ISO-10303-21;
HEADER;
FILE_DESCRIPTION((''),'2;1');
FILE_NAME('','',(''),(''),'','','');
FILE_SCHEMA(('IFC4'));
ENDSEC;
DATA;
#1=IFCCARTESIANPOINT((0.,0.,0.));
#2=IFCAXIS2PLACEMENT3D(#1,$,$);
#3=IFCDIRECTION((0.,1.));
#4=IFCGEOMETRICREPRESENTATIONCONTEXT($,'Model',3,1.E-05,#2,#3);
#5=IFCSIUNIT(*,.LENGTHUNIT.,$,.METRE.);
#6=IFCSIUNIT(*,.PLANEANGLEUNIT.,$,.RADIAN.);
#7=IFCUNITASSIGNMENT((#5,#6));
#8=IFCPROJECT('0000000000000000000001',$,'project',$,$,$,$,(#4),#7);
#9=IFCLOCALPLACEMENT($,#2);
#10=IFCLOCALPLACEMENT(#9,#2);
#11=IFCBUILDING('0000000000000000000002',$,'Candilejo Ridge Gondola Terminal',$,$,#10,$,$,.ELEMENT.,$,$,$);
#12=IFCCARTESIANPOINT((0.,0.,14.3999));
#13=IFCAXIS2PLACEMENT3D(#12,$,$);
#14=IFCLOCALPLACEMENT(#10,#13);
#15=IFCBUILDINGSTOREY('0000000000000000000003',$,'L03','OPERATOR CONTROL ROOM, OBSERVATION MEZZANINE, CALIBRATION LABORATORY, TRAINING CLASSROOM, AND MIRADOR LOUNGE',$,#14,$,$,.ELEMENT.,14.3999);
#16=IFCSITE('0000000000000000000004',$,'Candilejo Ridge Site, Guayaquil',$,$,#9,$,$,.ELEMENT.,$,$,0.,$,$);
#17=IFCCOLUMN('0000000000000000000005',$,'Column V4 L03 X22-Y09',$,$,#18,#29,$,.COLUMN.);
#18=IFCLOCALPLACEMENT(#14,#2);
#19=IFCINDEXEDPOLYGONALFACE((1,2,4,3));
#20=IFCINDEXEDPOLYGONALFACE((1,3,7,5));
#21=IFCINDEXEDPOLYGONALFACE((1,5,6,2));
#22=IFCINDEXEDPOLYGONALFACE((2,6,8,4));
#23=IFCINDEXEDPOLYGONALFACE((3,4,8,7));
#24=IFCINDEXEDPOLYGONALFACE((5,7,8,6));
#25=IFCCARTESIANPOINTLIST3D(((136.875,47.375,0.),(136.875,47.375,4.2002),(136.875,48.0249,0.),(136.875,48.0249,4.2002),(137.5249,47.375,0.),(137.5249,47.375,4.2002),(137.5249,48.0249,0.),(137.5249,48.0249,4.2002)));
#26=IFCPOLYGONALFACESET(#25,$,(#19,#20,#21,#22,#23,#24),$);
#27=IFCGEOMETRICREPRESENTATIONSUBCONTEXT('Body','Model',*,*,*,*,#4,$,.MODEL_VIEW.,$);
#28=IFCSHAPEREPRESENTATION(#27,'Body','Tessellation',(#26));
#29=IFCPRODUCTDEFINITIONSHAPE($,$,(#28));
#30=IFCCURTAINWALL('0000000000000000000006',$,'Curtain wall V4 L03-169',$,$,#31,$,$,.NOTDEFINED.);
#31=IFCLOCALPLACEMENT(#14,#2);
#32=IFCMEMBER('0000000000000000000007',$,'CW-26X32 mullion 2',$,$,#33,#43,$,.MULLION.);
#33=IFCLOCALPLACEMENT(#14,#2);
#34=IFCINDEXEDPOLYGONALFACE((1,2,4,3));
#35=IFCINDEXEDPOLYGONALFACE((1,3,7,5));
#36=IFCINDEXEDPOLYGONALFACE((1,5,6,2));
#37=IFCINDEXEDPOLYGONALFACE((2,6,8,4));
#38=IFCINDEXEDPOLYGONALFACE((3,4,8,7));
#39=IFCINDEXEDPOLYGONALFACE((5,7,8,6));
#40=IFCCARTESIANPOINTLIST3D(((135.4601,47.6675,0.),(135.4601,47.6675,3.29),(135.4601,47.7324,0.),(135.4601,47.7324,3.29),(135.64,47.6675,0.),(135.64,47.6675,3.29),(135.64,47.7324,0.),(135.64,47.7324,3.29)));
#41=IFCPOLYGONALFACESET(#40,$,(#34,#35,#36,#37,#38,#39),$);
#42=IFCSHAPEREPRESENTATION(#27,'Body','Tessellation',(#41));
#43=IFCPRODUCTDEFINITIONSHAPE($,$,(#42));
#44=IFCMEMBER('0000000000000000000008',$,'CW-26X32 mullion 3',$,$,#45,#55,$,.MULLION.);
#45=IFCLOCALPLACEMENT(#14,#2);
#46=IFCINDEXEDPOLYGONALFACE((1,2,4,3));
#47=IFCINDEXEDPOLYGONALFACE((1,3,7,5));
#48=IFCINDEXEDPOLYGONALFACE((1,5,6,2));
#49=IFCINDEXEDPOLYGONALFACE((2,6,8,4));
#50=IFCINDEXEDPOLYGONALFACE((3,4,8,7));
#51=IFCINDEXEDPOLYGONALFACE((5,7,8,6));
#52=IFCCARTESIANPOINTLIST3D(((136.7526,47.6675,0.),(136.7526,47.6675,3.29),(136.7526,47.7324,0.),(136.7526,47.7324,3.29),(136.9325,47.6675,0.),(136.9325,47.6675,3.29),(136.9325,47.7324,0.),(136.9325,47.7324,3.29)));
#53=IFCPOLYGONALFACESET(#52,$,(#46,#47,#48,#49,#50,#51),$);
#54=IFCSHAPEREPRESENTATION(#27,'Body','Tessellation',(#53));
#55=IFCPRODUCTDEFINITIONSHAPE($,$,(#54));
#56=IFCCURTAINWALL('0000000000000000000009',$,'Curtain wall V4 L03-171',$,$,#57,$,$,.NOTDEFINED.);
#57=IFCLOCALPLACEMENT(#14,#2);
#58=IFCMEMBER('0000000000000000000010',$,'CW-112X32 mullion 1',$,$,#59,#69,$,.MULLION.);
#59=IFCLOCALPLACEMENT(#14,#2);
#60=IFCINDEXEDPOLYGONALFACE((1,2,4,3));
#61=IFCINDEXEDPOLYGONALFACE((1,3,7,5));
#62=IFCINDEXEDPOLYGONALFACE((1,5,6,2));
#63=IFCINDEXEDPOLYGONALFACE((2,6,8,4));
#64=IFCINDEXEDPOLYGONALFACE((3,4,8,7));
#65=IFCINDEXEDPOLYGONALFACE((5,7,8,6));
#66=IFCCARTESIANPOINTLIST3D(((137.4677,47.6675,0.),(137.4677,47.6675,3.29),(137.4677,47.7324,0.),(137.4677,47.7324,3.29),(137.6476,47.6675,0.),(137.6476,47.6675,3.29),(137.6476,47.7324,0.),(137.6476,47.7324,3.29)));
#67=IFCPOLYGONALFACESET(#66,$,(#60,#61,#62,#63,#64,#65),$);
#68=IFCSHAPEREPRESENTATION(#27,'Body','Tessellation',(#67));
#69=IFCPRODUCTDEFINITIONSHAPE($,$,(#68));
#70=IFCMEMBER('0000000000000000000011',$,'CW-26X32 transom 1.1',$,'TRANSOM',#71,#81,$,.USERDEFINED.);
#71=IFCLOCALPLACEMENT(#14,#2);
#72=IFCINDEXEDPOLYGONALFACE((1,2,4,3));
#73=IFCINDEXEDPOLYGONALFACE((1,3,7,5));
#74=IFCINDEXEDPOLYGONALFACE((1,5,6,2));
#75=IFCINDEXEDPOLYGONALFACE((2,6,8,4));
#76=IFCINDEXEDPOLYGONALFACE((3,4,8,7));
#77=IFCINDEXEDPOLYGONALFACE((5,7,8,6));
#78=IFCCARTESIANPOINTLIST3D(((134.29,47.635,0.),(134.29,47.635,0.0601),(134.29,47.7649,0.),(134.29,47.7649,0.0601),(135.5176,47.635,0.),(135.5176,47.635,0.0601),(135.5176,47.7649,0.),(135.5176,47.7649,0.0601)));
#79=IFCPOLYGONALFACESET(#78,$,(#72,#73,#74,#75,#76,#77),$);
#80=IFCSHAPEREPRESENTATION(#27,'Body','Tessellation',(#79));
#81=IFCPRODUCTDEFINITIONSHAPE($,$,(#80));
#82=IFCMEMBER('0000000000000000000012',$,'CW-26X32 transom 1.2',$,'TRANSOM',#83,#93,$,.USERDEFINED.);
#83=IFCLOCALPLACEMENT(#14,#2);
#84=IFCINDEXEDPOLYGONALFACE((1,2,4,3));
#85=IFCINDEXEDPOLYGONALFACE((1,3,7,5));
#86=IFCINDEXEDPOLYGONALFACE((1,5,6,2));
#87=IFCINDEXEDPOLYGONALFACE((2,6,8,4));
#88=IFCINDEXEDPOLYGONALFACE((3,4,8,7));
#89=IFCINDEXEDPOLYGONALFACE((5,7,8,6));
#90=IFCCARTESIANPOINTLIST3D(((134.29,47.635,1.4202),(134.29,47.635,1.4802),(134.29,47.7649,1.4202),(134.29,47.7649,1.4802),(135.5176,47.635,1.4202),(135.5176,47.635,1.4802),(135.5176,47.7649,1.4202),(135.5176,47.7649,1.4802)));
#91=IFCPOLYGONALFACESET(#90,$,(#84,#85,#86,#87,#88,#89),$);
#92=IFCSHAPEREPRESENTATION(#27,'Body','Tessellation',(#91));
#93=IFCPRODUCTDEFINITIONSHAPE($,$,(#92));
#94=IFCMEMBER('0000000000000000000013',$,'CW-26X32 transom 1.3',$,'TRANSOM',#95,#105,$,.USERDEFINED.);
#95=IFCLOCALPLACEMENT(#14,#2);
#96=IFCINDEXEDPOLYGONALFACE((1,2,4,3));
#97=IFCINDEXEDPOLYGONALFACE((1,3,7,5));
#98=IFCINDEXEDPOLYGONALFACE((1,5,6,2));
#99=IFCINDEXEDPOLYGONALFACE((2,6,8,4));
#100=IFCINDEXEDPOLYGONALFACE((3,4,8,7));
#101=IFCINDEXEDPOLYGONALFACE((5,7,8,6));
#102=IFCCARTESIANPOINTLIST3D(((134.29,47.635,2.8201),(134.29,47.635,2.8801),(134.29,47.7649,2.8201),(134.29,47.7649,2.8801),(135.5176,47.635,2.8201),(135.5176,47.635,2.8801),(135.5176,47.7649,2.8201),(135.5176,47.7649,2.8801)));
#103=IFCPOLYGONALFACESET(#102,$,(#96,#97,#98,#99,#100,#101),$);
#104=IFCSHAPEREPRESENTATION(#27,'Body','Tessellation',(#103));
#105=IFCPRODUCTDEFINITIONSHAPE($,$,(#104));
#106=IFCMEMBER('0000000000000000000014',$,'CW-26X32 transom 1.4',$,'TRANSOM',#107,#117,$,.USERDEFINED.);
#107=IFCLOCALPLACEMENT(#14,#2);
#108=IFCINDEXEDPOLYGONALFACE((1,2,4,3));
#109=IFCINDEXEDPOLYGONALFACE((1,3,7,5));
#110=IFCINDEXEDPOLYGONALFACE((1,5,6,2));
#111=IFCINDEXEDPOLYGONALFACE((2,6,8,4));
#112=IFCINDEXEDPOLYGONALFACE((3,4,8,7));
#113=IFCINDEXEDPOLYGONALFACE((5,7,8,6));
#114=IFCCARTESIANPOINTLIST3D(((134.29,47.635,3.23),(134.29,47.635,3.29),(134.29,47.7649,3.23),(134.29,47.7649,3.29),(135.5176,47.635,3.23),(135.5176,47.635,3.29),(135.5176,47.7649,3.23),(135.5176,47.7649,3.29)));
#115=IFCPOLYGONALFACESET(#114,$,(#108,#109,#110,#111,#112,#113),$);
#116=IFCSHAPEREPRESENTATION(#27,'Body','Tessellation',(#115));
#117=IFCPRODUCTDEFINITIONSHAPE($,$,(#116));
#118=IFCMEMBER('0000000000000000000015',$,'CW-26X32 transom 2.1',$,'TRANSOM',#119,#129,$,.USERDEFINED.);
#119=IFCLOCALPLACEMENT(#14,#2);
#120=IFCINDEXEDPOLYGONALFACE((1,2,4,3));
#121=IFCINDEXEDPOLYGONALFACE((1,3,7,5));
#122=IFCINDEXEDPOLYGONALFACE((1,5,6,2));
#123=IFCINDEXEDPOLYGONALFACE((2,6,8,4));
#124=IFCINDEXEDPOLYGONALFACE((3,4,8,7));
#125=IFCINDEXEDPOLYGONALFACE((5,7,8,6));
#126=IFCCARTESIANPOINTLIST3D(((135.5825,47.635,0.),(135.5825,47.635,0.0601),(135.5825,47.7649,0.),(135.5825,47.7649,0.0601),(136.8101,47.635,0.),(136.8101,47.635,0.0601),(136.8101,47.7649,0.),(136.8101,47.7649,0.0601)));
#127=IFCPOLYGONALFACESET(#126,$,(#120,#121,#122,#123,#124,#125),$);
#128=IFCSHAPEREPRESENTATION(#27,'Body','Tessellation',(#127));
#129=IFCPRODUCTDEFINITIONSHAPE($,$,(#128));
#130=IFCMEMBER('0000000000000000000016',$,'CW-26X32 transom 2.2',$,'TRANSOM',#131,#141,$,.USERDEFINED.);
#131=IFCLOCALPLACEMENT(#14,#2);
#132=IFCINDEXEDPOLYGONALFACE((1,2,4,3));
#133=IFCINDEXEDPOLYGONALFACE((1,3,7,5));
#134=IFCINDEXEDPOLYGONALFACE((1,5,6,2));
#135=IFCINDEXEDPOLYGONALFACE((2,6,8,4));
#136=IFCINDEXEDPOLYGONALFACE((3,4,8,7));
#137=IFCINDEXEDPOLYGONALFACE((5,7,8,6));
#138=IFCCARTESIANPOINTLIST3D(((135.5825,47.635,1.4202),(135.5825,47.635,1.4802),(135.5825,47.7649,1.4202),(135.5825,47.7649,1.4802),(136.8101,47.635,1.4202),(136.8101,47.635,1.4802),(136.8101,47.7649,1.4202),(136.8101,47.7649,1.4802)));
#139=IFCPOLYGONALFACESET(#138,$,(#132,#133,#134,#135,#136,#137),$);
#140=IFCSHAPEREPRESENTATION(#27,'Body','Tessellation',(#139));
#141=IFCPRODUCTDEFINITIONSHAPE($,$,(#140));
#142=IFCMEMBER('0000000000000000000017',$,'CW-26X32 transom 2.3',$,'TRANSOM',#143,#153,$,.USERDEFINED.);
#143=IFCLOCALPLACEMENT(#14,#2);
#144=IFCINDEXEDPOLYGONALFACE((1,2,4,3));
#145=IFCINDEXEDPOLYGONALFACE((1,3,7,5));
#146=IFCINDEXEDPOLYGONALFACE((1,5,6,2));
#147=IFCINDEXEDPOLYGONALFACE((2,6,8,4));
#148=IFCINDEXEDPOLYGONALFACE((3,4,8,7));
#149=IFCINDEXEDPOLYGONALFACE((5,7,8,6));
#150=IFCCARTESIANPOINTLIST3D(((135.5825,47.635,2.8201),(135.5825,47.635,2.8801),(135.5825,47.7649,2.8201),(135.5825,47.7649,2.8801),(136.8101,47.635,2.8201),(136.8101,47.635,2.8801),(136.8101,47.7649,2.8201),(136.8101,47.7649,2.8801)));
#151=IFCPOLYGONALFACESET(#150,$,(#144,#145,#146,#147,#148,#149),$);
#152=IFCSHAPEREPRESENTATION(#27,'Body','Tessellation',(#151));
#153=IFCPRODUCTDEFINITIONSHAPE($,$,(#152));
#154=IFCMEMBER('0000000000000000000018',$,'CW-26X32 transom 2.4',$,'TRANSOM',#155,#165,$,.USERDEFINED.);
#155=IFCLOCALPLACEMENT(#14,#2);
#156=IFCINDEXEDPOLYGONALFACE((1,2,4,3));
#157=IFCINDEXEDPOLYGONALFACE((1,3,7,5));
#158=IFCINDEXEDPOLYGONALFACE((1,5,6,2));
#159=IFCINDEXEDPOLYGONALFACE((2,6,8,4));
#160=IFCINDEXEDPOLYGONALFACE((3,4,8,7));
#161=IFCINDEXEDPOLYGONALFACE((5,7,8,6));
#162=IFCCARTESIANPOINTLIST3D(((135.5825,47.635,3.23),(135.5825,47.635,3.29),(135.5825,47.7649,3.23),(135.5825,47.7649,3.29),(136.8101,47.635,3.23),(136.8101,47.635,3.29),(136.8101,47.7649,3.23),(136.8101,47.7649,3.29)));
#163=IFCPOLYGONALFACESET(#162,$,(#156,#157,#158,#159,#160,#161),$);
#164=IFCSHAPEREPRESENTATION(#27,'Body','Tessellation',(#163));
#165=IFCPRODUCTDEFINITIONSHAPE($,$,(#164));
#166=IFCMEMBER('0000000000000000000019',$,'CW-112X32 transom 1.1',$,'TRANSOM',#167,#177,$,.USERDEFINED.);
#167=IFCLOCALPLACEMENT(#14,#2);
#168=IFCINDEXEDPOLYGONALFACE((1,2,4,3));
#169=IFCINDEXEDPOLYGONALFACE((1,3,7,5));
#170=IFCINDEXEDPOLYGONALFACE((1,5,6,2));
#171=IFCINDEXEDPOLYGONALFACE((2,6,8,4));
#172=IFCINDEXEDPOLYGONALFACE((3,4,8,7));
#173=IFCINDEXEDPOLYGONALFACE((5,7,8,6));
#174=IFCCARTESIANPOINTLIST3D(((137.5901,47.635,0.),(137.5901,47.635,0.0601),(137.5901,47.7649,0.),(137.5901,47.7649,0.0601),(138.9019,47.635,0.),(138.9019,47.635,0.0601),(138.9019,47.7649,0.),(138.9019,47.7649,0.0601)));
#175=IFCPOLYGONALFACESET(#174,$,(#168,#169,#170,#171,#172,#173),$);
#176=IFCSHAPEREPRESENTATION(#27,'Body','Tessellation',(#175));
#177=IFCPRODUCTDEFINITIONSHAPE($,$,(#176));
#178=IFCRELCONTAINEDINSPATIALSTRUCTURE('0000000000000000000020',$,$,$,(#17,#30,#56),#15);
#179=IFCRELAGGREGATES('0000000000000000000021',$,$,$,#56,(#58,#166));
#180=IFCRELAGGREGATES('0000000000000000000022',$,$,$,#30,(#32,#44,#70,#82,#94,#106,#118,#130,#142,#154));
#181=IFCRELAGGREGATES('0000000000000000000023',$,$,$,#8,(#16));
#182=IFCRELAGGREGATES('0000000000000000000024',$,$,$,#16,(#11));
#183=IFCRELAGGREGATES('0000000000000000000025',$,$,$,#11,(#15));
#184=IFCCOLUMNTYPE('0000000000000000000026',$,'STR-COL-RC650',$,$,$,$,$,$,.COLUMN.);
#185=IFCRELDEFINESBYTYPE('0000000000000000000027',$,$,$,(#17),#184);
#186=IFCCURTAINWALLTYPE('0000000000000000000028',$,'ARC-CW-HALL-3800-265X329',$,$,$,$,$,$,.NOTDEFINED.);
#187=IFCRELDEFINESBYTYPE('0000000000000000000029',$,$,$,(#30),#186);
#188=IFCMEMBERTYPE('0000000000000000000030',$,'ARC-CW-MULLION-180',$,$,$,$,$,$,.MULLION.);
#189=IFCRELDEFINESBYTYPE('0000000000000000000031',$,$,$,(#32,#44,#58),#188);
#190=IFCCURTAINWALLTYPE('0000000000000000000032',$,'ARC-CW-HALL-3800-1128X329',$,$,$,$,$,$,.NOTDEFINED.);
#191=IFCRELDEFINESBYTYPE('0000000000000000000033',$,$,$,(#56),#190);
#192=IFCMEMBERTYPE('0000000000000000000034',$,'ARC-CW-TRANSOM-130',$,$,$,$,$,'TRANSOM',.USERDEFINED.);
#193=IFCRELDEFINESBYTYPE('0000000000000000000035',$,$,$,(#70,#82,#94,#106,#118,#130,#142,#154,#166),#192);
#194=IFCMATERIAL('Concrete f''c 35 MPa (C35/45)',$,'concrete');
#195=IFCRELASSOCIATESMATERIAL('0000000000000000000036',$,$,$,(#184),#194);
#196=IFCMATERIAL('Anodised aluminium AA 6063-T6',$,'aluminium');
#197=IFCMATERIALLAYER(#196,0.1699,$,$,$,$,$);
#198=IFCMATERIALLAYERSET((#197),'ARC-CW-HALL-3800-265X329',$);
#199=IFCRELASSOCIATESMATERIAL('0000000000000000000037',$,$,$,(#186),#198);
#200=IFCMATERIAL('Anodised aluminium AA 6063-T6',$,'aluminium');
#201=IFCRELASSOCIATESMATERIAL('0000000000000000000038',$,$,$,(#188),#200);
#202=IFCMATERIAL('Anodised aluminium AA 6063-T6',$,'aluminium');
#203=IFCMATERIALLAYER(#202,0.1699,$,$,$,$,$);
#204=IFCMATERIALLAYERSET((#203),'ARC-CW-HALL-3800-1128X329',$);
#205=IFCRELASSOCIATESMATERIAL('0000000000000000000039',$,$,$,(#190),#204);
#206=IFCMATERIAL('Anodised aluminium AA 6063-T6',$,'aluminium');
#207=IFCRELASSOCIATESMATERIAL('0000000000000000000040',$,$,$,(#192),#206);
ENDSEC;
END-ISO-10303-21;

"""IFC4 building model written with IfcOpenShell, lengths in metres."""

from ifc_helpers import new_model, si_unit, direction, frame, origin, origin_2d, place, context, subcontext, project, spatial, rectangle, extrude, material, layer, layer_set, material_profile, profile_set, type_object, element, aggregate, save


model = new_model("IFC4")

# Units and contexts
model_context = context("Model", 3, precision=1e-05, world=origin(), true_north=direction((0.0, 1.0)))
body_context = subcontext(model_context, "Body", "Model", "MODEL_VIEW")
ifc_project = project(units=[si_unit("LENGTHUNIT", "METRE"), si_unit("PLANEANGLEUNIT", "RADIAN")], contexts=[model_context])

# Site, building, storey
site_placement = place(None, origin())
site = spatial("IfcSite", under=ifc_project, at=site_placement, Name="Candilejo Ridge Site, Guayaquil", CompositionType="ELEMENT", RefElevation=0.0)
building_placement = place(site_placement, origin())
building = spatial("IfcBuilding", under=site, at=building_placement, Name="Candilejo Ridge Gondola Terminal", CompositionType="ELEMENT")
storey_placement = place(building_placement, frame((0.0, 0.0, 14.3999)))
storey = spatial("IfcBuildingStorey", under=building, at=storey_placement, Name="L03", Description="OPERATOR CONTROL ROOM, OBSERVATION MEZZANINE, CALIBRATION LABORATORY, TRAINING CLASSROOM, AND MIRADOR LOUNGE", CompositionType="ELEMENT", Elevation=14.3999)

# Column
ifc_material_1 = material(Name="Concrete f'c 35 MPa (C35/45)", Category="concrete")
ifc_material_profile_1 = material_profile(ifc_material_1, rectangle(XDim=0.6499, YDim=0.6499, at=origin_2d()))
ifc_profile_set_1 = profile_set([ifc_material_profile_1], Name="Concrete f'c 35 MPa (C35/45)")
column_type = type_object("IfcColumnType", Name="STR-COL-RC650", PredefinedType="COLUMN", material=ifc_profile_set_1)
column_placement = place(storey_placement, frame((137.2, 47.7, 0.0), z_axis=(0.0, 0.0, 1.0), x_axis=(1.0, 0.0, 0.0)))
element("IfcColumn", 1, at=column_placement, inside=storey, type_object=column_type, Name="Column V4 L03 X22-Y09", PredefinedType="COLUMN", context=body_context, shape_type="SweptSolid", body=[
    extrude(rectangle(XDim=0.6499, YDim=0.6499, at=origin_2d()), origin(), (0.0, 0.0, 1.0), 4.2002),
])

# Curtain wall, members
ifc_material_2 = material(Name="Anodised aluminium AA 6063-T6", Category="aluminium")
ifc_layer_1 = layer(ifc_material_2, 0.1699)
ifc_layer_set_1 = layer_set([ifc_layer_1], Name="ARC-CW-HALL-3800-265X329")
curtain_wall_type_1 = type_object("IfcCurtainWallType", Name="ARC-CW-HALL-3800-265X329", PredefinedType="NOTDEFINED", material=ifc_layer_set_1)
curtain_wall_1_placement = place(storey_placement, origin())
curtain_wall_1 = element("IfcCurtainWall", 2, at=curtain_wall_1_placement, inside=storey, type_object=curtain_wall_type_1, Name="Curtain wall V4 L03-169", PredefinedType="NOTDEFINED")
ifc_material_3 = material(Name="Anodised aluminium AA 6063-T6", Category="aluminium")
ifc_material_profile_2 = material_profile(ifc_material_3, rectangle(XDim=0.0649, YDim=0.1799, at=origin_2d()))
ifc_profile_set_2 = profile_set([ifc_material_profile_2], Name="Anodised aluminium AA 6063-T6")
member_type_1 = type_object("IfcMemberType", Name="ARC-CW-MULLION-180", PredefinedType="MULLION", material=ifc_profile_set_2)
member_1_placement = place(storey_placement, frame((135.55, 47.7, 0.0), z_axis=(0.0, 0.0, 1.0), x_axis=(0.0, 1.0, 0.0)))
member_1 = element("IfcMember", 3, at=member_1_placement, type_object=member_type_1, Name="CW-26X32 mullion 2", PredefinedType="MULLION", context=body_context, shape_type="SweptSolid", body=[
    extrude(rectangle(XDim=0.0649, YDim=0.1799, at=origin_2d()), origin(), (0.0, 0.0, 1.0), 3.29),
])
member_2_placement = place(storey_placement, frame((136.8425, 47.7, 0.0), z_axis=(0.0, 0.0, 1.0), x_axis=(0.0, 1.0, 0.0)))
member_2 = element("IfcMember", 4, at=member_2_placement, type_object=member_type_1, Name="CW-26X32 mullion 3", PredefinedType="MULLION", context=body_context, shape_type="SweptSolid", body=[
    extrude(rectangle(XDim=0.0649, YDim=0.1799, at=origin_2d()), origin(), (0.0, 0.0, 1.0), 3.29),
])

# Curtain wall, member
ifc_material_4 = material(Name="Anodised aluminium AA 6063-T6", Category="aluminium")
ifc_layer_2 = layer(ifc_material_4, 0.1699)
ifc_layer_set_2 = layer_set([ifc_layer_2], Name="ARC-CW-HALL-3800-1128X329")
curtain_wall_type_2 = type_object("IfcCurtainWallType", Name="ARC-CW-HALL-3800-1128X329", PredefinedType="NOTDEFINED", material=ifc_layer_set_2)
curtain_wall_2_placement = place(storey_placement, origin())
curtain_wall_2 = element("IfcCurtainWall", 5, at=curtain_wall_2_placement, inside=storey, type_object=curtain_wall_type_2, Name="Curtain wall V4 L03-171", PredefinedType="NOTDEFINED")
member_3_placement = place(storey_placement, frame((137.5576, 47.7, 0.0), z_axis=(0.0, 0.0, 1.0), x_axis=(0.0, 1.0, 0.0)))
member_3 = element("IfcMember", 6, at=member_3_placement, type_object=member_type_1, Name="CW-112X32 mullion 1", PredefinedType="MULLION", context=body_context, shape_type="SweptSolid", body=[
    extrude(rectangle(XDim=0.0649, YDim=0.1799, at=origin_2d()), origin(), (0.0, 0.0, 1.0), 3.29),
])

# Members
ifc_material_5 = material(Name="Anodised aluminium AA 6063-T6", Category="aluminium")
ifc_material_profile_3 = material_profile(ifc_material_5, rectangle(XDim=0.1299, YDim=0.0601, at=origin_2d()))
ifc_profile_set_3 = profile_set([ifc_material_profile_3], Name="Anodised aluminium AA 6063-T6")
member_type_2 = type_object("IfcMemberType", Name="ARC-CW-TRANSOM-130", ElementType="TRANSOM", PredefinedType="USERDEFINED", material=ifc_profile_set_3)
member_4_placement = place(storey_placement, frame((134.29, 47.7, 0.03), z_axis=(1.0, 0.0, 0.0), x_axis=(0.0, 1.0, 0.0)))
member_4 = element("IfcMember", 7, at=member_4_placement, type_object=member_type_2, Name="CW-26X32 transom 1.1", ObjectType="TRANSOM", PredefinedType="USERDEFINED", context=body_context, shape_type="SweptSolid", body=[
    extrude(rectangle(XDim=0.1299, YDim=0.0601, at=origin_2d()), origin(), (0.0, 0.0, 1.0), 1.2275),
])
member_5_placement = place(storey_placement, frame((134.29, 47.7, 1.4502), z_axis=(1.0, 0.0, 0.0), x_axis=(0.0, 1.0, 0.0)))
member_5 = element("IfcMember", 8, at=member_5_placement, type_object=member_type_2, Name="CW-26X32 transom 1.2", ObjectType="TRANSOM", PredefinedType="USERDEFINED", context=body_context, shape_type="SweptSolid", body=[
    extrude(rectangle(XDim=0.1299, YDim=0.0601, at=origin_2d()), origin(), (0.0, 0.0, 1.0), 1.2275),
])
member_6_placement = place(storey_placement, frame((134.29, 47.7, 2.8501), z_axis=(1.0, 0.0, 0.0), x_axis=(0.0, 1.0, 0.0)))
member_6 = element("IfcMember", 9, at=member_6_placement, type_object=member_type_2, Name="CW-26X32 transom 1.3", ObjectType="TRANSOM", PredefinedType="USERDEFINED", context=body_context, shape_type="SweptSolid", body=[
    extrude(rectangle(XDim=0.1299, YDim=0.0601, at=origin_2d()), origin(), (0.0, 0.0, 1.0), 1.2275),
])
member_7_placement = place(storey_placement, frame((134.29, 47.7, 3.26), z_axis=(1.0, 0.0, 0.0), x_axis=(0.0, 1.0, 0.0)))
member_7 = element("IfcMember", 10, at=member_7_placement, type_object=member_type_2, Name="CW-26X32 transom 1.4", ObjectType="TRANSOM", PredefinedType="USERDEFINED", context=body_context, shape_type="SweptSolid", body=[
    extrude(rectangle(XDim=0.1299, YDim=0.0601, at=origin_2d()), origin(), (0.0, 0.0, 1.0), 1.2275),
])
member_8_placement = place(storey_placement, frame((135.5825, 47.7, 0.03), z_axis=(1.0, 0.0, 0.0), x_axis=(0.0, 1.0, 0.0)))
member_8 = element("IfcMember", 11, at=member_8_placement, type_object=member_type_2, Name="CW-26X32 transom 2.1", ObjectType="TRANSOM", PredefinedType="USERDEFINED", context=body_context, shape_type="SweptSolid", body=[
    extrude(rectangle(XDim=0.1299, YDim=0.0601, at=origin_2d()), origin(), (0.0, 0.0, 1.0), 1.2275),
])
member_9_placement = place(storey_placement, frame((135.5825, 47.7, 1.4502), z_axis=(1.0, 0.0, 0.0), x_axis=(0.0, 1.0, 0.0)))
member_9 = element("IfcMember", 12, at=member_9_placement, type_object=member_type_2, Name="CW-26X32 transom 2.2", ObjectType="TRANSOM", PredefinedType="USERDEFINED", context=body_context, shape_type="SweptSolid", body=[
    extrude(rectangle(XDim=0.1299, YDim=0.0601, at=origin_2d()), origin(), (0.0, 0.0, 1.0), 1.2275),
])
member_10_placement = place(storey_placement, frame((135.5825, 47.7, 2.8501), z_axis=(1.0, 0.0, 0.0), x_axis=(0.0, 1.0, 0.0)))
member_10 = element("IfcMember", 13, at=member_10_placement, type_object=member_type_2, Name="CW-26X32 transom 2.3", ObjectType="TRANSOM", PredefinedType="USERDEFINED", context=body_context, shape_type="SweptSolid", body=[
    extrude(rectangle(XDim=0.1299, YDim=0.0601, at=origin_2d()), origin(), (0.0, 0.0, 1.0), 1.2275),
])
member_11_placement = place(storey_placement, frame((135.5825, 47.7, 3.26), z_axis=(1.0, 0.0, 0.0), x_axis=(0.0, 1.0, 0.0)))
member_11 = element("IfcMember", 14, at=member_11_placement, type_object=member_type_2, Name="CW-26X32 transom 2.4", ObjectType="TRANSOM", PredefinedType="USERDEFINED", context=body_context, shape_type="SweptSolid", body=[
    extrude(rectangle(XDim=0.1299, YDim=0.0601, at=origin_2d()), origin(), (0.0, 0.0, 1.0), 1.2275),
])
member_12_placement = place(storey_placement, frame((137.5901, 47.7, 0.03), z_axis=(1.0, 0.0, 0.0), x_axis=(0.0, 1.0, 0.0)))
member_12 = element("IfcMember", 15, at=member_12_placement, type_object=member_type_2, Name="CW-112X32 transom 1.1", ObjectType="TRANSOM", PredefinedType="USERDEFINED", context=body_context, shape_type="SweptSolid", body=[
    extrude(rectangle(XDim=0.1299, YDim=0.0601, at=origin_2d()), origin(), (0.0, 0.0, 1.0), 1.3118),
])
aggregate(curtain_wall_2, [member_3, member_12])

aggregate(curtain_wall_1, [member_1, member_2, member_4, member_5, member_6, member_7, member_8, member_9, member_10, member_11])

save(model, "model.ifc")
